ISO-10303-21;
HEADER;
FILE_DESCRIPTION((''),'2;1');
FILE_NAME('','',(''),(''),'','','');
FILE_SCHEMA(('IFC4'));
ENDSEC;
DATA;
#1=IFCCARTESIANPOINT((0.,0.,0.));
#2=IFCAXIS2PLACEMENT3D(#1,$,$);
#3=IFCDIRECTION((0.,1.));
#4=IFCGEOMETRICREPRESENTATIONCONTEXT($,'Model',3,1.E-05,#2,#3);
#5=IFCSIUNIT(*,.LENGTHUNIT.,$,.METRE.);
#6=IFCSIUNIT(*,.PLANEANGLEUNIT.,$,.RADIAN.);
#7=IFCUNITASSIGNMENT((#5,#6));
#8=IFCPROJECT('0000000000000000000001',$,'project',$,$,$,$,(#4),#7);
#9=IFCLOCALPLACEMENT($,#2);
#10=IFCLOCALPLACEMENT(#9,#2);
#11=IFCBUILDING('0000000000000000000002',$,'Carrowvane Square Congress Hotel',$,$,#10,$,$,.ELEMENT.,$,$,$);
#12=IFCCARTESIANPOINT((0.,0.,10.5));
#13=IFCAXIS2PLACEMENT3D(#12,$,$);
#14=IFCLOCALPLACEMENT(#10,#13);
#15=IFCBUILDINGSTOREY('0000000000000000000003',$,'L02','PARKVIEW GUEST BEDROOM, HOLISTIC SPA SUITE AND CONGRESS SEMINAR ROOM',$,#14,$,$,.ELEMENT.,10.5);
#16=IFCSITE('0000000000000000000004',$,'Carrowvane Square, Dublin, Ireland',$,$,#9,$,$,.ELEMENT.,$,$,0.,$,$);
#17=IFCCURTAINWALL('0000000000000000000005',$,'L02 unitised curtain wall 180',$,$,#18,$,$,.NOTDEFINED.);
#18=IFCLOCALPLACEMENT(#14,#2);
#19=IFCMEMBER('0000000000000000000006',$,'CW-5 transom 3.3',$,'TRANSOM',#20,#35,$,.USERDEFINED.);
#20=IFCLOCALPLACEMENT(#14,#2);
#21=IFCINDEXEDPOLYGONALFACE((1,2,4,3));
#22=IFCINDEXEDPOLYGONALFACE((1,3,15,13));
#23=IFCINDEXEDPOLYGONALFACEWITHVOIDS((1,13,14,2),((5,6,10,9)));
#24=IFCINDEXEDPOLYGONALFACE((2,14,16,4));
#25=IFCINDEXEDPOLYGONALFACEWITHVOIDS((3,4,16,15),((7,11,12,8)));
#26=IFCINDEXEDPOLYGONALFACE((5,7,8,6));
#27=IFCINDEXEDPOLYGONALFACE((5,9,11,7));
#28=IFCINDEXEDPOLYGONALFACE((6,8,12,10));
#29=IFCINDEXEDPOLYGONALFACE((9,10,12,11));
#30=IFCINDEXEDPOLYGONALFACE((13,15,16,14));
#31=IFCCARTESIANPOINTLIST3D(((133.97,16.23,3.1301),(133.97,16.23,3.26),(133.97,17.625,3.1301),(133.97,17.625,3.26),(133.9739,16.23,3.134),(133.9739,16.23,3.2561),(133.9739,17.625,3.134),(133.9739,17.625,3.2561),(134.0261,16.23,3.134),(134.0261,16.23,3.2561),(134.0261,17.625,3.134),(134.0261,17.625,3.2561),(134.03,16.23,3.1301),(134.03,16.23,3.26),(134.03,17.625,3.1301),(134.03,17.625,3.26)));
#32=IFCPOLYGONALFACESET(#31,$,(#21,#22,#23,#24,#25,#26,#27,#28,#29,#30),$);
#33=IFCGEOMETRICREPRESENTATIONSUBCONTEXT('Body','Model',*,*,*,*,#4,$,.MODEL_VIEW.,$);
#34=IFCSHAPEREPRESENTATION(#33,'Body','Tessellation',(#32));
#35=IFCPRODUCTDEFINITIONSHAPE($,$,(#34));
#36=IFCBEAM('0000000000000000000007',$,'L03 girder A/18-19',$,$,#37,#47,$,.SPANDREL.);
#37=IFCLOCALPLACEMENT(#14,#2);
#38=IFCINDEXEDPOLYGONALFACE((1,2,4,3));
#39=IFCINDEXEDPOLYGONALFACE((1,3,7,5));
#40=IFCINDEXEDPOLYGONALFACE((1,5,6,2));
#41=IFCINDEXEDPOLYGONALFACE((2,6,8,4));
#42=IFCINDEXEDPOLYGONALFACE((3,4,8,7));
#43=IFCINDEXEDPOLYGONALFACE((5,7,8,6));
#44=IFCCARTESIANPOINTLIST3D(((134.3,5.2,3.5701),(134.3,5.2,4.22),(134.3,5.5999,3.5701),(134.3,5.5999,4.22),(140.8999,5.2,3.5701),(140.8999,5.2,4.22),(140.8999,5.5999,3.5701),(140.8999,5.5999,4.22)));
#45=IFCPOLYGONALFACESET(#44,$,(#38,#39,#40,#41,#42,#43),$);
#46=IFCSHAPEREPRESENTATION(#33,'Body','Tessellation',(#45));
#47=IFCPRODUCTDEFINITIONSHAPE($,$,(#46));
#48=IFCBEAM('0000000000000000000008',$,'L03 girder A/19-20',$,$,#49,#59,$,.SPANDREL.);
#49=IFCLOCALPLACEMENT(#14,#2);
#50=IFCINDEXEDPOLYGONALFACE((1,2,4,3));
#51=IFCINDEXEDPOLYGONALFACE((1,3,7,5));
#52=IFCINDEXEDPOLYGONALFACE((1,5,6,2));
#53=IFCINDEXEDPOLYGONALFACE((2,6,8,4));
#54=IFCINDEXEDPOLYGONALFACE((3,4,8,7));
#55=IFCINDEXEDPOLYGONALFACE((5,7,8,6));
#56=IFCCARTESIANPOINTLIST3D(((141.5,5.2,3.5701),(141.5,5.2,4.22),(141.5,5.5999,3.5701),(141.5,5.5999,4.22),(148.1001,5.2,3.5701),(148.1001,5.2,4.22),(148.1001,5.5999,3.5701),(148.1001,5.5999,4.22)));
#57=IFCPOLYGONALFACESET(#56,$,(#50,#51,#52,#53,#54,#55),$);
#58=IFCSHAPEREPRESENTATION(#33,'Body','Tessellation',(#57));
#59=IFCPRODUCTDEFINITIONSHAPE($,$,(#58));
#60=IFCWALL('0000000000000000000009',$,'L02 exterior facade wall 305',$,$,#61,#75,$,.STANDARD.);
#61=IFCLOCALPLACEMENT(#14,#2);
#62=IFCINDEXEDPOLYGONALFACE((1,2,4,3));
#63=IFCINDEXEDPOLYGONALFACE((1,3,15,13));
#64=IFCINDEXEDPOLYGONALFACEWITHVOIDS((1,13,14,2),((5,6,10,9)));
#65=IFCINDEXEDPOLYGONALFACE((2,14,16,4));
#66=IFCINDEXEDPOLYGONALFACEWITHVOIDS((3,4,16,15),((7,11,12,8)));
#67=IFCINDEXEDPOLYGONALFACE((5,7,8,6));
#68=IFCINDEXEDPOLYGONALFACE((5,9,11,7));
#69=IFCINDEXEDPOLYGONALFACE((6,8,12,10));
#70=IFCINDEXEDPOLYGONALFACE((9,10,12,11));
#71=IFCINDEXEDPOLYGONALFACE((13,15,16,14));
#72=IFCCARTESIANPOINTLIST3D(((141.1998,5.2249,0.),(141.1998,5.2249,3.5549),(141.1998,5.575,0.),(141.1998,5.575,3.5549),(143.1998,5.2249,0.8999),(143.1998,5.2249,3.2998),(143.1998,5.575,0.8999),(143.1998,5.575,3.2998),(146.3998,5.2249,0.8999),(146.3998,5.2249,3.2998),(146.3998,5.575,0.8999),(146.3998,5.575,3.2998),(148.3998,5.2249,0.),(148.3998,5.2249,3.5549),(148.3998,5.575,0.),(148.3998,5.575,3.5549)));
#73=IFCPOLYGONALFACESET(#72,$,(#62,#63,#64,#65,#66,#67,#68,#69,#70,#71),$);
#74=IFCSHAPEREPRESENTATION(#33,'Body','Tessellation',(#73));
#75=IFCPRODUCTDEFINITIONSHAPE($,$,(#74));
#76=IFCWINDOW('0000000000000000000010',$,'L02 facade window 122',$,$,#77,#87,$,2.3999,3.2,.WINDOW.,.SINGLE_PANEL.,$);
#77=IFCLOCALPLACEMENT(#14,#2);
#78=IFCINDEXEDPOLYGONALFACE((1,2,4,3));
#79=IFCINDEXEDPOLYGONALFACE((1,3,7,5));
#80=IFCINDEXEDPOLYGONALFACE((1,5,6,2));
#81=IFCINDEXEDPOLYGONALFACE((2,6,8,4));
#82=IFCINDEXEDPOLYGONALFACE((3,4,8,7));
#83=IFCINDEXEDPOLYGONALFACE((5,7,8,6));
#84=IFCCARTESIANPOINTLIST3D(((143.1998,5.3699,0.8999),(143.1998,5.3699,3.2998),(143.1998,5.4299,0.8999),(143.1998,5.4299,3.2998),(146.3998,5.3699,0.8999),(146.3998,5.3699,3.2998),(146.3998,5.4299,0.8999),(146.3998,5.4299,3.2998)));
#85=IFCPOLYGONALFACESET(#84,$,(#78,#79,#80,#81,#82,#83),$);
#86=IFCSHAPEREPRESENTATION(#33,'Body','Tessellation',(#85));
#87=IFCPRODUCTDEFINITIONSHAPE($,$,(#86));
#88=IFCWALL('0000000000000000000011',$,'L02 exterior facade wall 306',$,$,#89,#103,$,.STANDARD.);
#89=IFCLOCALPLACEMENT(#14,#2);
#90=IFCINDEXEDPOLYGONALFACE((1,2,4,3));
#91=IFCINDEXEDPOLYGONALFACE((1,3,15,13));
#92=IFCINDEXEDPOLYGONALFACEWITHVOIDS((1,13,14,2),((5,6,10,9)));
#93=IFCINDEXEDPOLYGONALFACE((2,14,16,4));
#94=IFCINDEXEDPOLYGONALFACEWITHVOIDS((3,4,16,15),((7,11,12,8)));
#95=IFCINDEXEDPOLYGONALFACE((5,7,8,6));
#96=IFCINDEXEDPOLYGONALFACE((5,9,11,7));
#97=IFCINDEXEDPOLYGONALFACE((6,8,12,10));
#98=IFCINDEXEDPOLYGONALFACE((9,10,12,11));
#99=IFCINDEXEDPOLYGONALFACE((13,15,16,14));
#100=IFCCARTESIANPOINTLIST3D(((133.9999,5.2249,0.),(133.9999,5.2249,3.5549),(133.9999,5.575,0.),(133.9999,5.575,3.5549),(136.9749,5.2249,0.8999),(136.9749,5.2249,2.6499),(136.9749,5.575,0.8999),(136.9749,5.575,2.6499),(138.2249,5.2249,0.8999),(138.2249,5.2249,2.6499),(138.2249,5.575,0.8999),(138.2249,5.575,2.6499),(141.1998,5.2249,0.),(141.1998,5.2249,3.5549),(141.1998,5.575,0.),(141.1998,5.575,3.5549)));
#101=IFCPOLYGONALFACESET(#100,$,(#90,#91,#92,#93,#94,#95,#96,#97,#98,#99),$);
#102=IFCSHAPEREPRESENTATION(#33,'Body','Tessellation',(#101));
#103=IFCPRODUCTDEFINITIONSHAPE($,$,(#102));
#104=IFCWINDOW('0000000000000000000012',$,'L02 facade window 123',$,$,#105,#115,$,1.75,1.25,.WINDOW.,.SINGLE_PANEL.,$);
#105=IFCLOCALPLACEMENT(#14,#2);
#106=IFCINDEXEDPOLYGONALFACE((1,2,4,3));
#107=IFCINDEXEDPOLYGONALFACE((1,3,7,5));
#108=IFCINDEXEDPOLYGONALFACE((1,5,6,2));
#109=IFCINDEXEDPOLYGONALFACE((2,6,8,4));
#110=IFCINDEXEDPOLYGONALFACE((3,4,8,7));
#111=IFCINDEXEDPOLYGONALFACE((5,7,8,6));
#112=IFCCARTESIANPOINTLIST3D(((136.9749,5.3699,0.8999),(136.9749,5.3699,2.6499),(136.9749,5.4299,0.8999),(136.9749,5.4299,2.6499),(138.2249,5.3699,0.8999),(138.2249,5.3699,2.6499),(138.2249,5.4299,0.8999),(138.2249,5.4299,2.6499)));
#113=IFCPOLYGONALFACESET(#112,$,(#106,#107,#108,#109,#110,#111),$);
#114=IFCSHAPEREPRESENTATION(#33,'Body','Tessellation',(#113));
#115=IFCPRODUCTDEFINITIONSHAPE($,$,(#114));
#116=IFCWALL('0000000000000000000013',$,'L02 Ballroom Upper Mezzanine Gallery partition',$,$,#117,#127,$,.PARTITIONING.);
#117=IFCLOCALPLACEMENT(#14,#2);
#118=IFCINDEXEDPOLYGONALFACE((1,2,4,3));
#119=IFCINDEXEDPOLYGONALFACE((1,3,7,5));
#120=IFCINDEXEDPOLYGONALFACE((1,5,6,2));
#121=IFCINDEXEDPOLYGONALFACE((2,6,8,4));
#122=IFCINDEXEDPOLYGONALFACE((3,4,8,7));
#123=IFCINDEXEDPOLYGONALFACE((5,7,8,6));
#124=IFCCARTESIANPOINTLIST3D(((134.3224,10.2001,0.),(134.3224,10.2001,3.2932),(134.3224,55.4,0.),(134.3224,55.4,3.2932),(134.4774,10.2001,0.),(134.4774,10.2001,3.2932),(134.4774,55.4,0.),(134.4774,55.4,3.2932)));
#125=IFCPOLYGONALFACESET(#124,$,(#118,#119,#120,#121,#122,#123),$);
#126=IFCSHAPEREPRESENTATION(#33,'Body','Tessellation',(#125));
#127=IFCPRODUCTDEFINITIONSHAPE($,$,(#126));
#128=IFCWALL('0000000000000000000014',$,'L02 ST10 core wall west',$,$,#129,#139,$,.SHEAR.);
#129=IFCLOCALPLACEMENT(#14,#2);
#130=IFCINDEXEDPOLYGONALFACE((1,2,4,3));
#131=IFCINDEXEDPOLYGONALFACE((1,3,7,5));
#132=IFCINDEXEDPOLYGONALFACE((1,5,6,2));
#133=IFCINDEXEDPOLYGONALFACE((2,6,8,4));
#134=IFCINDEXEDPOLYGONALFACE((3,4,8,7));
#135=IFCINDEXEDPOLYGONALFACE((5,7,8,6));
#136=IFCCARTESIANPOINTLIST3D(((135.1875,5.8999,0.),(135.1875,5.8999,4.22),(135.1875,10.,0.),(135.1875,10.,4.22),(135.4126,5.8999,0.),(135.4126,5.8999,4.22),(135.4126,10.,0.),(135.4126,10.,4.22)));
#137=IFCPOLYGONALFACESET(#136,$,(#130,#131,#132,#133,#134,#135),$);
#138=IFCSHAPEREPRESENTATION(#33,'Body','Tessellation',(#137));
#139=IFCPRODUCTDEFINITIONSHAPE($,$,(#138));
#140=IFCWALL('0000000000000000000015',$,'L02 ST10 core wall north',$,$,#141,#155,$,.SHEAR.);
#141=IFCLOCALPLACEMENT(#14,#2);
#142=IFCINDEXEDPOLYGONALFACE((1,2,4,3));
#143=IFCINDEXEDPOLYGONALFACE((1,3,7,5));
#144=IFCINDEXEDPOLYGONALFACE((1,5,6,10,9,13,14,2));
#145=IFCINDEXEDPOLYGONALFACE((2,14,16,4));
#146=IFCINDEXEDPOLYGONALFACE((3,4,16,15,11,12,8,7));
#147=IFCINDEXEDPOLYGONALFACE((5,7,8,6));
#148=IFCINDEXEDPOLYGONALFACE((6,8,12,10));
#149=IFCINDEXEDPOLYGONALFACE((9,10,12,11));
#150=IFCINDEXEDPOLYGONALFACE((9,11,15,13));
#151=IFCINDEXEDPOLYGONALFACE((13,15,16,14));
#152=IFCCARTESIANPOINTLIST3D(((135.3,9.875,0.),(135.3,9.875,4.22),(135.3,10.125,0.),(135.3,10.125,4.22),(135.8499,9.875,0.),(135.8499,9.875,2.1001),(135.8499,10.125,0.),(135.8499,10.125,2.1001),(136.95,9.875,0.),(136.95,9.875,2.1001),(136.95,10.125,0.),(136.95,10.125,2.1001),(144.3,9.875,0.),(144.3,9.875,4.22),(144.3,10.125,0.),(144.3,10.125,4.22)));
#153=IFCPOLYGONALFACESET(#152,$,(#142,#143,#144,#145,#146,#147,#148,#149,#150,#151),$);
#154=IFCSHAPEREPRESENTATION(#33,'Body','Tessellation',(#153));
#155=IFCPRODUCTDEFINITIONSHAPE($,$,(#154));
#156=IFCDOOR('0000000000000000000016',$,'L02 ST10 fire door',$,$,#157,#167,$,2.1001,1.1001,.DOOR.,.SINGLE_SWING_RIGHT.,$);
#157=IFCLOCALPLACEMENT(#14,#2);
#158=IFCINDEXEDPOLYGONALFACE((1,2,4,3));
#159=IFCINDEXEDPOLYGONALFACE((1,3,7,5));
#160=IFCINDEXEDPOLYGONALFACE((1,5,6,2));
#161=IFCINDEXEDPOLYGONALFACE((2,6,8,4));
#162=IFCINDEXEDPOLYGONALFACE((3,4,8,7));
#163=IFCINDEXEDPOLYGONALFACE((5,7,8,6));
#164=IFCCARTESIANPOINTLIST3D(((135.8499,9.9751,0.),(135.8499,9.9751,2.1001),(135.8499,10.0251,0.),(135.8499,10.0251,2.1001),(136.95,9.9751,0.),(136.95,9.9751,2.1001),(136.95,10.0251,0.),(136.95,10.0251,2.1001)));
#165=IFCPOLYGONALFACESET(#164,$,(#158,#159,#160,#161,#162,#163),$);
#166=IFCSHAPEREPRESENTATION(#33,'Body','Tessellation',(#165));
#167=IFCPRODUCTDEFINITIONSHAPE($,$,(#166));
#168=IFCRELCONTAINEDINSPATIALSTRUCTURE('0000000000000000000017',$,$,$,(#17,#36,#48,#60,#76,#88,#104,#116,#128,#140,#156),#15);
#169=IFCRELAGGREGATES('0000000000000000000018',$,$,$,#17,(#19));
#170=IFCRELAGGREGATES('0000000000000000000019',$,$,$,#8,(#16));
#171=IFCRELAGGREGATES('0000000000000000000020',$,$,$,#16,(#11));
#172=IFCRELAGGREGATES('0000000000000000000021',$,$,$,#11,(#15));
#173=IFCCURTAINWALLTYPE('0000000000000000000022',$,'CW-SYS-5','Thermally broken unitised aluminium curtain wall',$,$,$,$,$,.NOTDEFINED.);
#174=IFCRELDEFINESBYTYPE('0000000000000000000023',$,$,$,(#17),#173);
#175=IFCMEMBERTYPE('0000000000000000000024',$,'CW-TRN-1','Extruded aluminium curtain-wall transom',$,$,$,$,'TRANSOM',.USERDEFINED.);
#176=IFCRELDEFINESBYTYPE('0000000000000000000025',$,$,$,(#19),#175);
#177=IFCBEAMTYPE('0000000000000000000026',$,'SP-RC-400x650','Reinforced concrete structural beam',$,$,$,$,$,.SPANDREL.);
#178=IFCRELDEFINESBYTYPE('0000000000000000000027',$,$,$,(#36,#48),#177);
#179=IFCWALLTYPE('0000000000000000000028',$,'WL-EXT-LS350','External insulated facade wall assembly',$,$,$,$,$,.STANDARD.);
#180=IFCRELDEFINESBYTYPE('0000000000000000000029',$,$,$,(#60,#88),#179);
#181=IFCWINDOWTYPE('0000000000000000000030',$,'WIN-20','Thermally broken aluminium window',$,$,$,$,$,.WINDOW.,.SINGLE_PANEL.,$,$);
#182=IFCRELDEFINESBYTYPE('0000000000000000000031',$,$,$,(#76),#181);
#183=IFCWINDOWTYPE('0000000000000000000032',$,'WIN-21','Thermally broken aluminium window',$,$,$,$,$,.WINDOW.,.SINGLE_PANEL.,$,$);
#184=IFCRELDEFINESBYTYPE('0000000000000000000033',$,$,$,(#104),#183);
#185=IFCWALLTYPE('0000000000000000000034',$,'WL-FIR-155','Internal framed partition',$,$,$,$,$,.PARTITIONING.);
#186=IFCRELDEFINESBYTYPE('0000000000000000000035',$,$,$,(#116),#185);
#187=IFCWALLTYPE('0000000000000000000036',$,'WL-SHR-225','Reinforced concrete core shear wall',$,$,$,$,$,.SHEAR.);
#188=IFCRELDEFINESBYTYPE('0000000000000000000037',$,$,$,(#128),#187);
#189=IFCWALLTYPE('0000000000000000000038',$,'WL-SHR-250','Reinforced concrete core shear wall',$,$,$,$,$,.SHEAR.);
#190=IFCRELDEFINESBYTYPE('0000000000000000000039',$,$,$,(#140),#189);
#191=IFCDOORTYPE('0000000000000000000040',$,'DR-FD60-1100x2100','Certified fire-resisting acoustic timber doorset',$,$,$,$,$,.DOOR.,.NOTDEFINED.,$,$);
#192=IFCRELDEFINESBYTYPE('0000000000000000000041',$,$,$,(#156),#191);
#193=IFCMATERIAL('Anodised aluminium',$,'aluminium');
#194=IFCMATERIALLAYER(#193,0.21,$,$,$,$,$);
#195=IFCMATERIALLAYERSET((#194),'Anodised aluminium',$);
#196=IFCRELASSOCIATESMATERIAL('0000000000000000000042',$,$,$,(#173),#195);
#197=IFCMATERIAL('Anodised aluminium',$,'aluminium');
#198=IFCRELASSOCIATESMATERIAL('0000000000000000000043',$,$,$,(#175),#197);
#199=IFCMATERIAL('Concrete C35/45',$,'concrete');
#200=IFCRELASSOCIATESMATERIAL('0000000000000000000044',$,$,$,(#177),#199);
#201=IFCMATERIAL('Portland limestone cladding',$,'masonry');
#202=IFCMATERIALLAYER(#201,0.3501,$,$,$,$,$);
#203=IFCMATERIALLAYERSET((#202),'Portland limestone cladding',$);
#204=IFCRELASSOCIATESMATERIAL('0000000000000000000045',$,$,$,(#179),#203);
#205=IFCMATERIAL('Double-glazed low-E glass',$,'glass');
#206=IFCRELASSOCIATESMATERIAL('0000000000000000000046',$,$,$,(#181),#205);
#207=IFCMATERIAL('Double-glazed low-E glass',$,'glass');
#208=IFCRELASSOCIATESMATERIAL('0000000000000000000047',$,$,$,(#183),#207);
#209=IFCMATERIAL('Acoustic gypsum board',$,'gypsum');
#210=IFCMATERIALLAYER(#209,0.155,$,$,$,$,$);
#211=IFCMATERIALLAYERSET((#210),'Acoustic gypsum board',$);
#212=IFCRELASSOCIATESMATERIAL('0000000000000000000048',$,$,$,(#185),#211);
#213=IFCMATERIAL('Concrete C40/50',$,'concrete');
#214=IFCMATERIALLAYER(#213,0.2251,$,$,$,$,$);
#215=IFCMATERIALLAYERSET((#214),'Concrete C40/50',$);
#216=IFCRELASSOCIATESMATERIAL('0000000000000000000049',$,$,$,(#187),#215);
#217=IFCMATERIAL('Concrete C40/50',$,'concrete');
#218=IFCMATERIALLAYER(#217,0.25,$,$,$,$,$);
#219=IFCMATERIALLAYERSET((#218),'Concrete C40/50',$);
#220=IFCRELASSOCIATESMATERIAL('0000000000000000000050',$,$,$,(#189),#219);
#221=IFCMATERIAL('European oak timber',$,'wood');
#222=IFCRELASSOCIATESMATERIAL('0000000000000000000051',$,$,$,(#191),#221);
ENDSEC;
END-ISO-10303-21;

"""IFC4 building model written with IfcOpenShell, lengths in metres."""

from ifc_helpers import new_model, si_unit, direction, frame, frame_2d, origin, origin_2d, place, context, subcontext, project, spatial, rectangle, hollow_rectangle, extrude, material, layer, layer_set, material_profile, profile_set, type_object, element, fill, aggregate, save


model = new_model("IFC4")

# Units and contexts
model_context = context("Model", 3, precision=1e-05, world=origin(), true_north=direction((0.0, 1.0)))
body_context = subcontext(model_context, "Body", "Model", "MODEL_VIEW")
ifc_project = project(units=[si_unit("LENGTHUNIT", "METRE"), si_unit("PLANEANGLEUNIT", "RADIAN")], contexts=[model_context])

# Site, building, storey
site_placement = place(None, origin())
site = spatial("IfcSite", under=ifc_project, at=site_placement, Name="Carrowvane Square, Dublin, Ireland", CompositionType="ELEMENT", RefElevation=0.0)
building_placement = place(site_placement, origin())
building = spatial("IfcBuilding", under=site, at=building_placement, Name="Carrowvane Square Congress Hotel", CompositionType="ELEMENT")
storey_placement = place(building_placement, frame((0.0, 0.0, 10.5)))
storey = spatial("IfcBuildingStorey", under=building, at=storey_placement, Name="L02", Description="PARKVIEW GUEST BEDROOM, HOLISTIC SPA SUITE AND CONGRESS SEMINAR ROOM", CompositionType="ELEMENT", Elevation=10.5)

# Curtain wall, member
ifc_material_1 = material(Name="Anodised aluminium", Category="aluminium")
ifc_layer_1 = layer(ifc_material_1, 0.21)
ifc_layer_set_1 = layer_set([ifc_layer_1], Name="Anodised aluminium")
curtain_wall_type = type_object("IfcCurtainWallType", Name="CW-SYS-5", Description="Thermally broken unitised aluminium curtain wall", PredefinedType="NOTDEFINED", material=ifc_layer_set_1)
curtain_wall_placement = place(storey_placement, origin())
curtain_wall = element("IfcCurtainWall", 1, at=curtain_wall_placement, inside=storey, type_object=curtain_wall_type, Name="L02 unitised curtain wall 180", PredefinedType="NOTDEFINED")
ifc_material_2 = material(Name="Anodised aluminium", Category="aluminium")
ifc_material_profile_1 = material_profile(ifc_material_2, hollow_rectangle(XDim=0.0601, YDim=0.1299, WallThickness=0.0039, at=origin_2d()), Name="CW-TR 60x130x4")
ifc_profile_set_1 = profile_set([ifc_material_profile_1], Name="Anodised aluminium")
member_type = type_object("IfcMemberType", Name="CW-TRN-1", Description="Extruded aluminium curtain-wall transom", ElementType="TRANSOM", PredefinedType="USERDEFINED", material=ifc_profile_set_1)
member_1_placement = place(storey_placement, frame((134.0, 16.23, 3.1951), z_axis=(0.0, 1.0, 0.0), x_axis=(-1.0, 0.0, 0.0)))
member_1 = element("IfcMember", 2, at=member_1_placement, type_object=member_type, Name="CW-5 transom 3.3", ObjectType="TRANSOM", PredefinedType="USERDEFINED", context=body_context, shape_type="SweptSolid", body=[
    extrude(hollow_rectangle(XDim=0.0601, YDim=0.1299, WallThickness=0.0039, at=origin_2d()), origin(), (0.0, 0.0, 1.0), 1.395),
])
aggregate(curtain_wall, [member_1])

# Beams
ifc_material_3 = material(Name="Concrete C35/45", Category="concrete")
ifc_material_profile_2 = material_profile(ifc_material_3, rectangle(XDim=0.3999, YDim=0.6499, at=origin_2d()), Name="RC 400x650")
ifc_profile_set_2 = profile_set([ifc_material_profile_2], Name="Concrete C35/45")
beam_type_1 = type_object("IfcBeamType", Name="SP-RC-400x650", Description="Reinforced concrete structural beam", PredefinedType="SPANDREL", material=ifc_profile_set_2)
beam_1_placement = place(storey_placement, frame((134.3, 5.3999, 3.895), z_axis=(1.0, 0.0, 0.0), x_axis=(0.0, 1.0, 0.0)))
element("IfcBeam", 3, at=beam_1_placement, inside=storey, type_object=beam_type_1, Name="L03 girder A/18-19", PredefinedType="SPANDREL", context=body_context, shape_type="SweptSolid", body=[
    extrude(rectangle(XDim=0.3999, YDim=0.6499, at=origin_2d()), origin(), (0.0, 0.0, 1.0), 6.5999),
])
beam_2_placement = place(storey_placement, frame((141.5, 5.3999, 3.895), z_axis=(1.0, 0.0, 0.0), x_axis=(0.0, 1.0, 0.0)))
element("IfcBeam", 4, at=beam_2_placement, inside=storey, type_object=beam_type_1, Name="L03 girder A/19-20", PredefinedType="SPANDREL", context=body_context, shape_type="SweptSolid", body=[
    extrude(rectangle(XDim=0.3999, YDim=0.6499, at=origin_2d()), origin(), (0.0, 0.0, 1.0), 6.6001),
])

# Walls, openings, windows
ifc_material_4 = material(Name="Portland limestone cladding", Category="masonry")
ifc_layer_2 = layer(ifc_material_4, 0.3501)
ifc_layer_set_2 = layer_set([ifc_layer_2], Name="Portland limestone cladding")
wall_type_1 = type_object("IfcWallType", Name="WL-EXT-LS350", Description="External insulated facade wall assembly", PredefinedType="STANDARD", material=ifc_layer_set_2)
wall_1_placement = place(storey_placement, frame((148.3999, 5.3999, 0.0), z_axis=(0.0, 0.0, 1.0), x_axis=(-1.0, 0.0, 0.0)))
wall_1 = element("IfcWall", 5, at=wall_1_placement, inside=storey, type_object=wall_type_1, Name="L02 exterior facade wall 305", PredefinedType="STANDARD", context=body_context, shape_type="SweptSolid", body=[
    extrude(rectangle(XDim=7.2, YDim=0.3501, at=frame_2d((3.6001, 0.0))), origin(), (0.0, 0.0, 1.0), 3.5549),
])
opening_1_placement = place(wall_1_placement, frame((2.0, 0.0, 0.8999)))
opening_1 = element("IfcOpeningElement", 6, at=opening_1_placement, cuts=wall_1, PredefinedType="OPENING", context=body_context, shape_type="SweptSolid", body=[
    extrude(rectangle(XDim=3.2, YDim=2.3999, at=frame_2d((1.6001, 1.2))), frame((0.0, 0.1851, 0.0), z_axis=(0.0, -1.0, 0.0), x_axis=(1.0, 0.0, 0.0)), (0.0, 0.0, 1.0), 0.3701),
])
ifc_material_5 = material(Name="Double-glazed low-E glass", Category="glass")
window_type_1 = type_object("IfcWindowType", Name="WIN-20", Description="Thermally broken aluminium window", PartitioningType="SINGLE_PANEL", PredefinedType="WINDOW", material=ifc_material_5)
window_1_placement = place(opening_1_placement, origin())
window_1 = element("IfcWindow", 7, at=window_1_placement, inside=storey, type_object=window_type_1, Name="L02 facade window 122", OverallHeight=2.3999, OverallWidth=3.2, PartitioningType="SINGLE_PANEL", PredefinedType="WINDOW", context=body_context, shape_type="SweptSolid", body=[
    extrude(rectangle(XDim=3.2, YDim=2.3999, at=frame_2d((1.6001, 1.2))), frame((0.0, 0.03, 0.0), z_axis=(0.0, -1.0, 0.0), x_axis=(1.0, 0.0, 0.0)), (0.0, 0.0, 1.0), 0.0601),
])
fill(opening_1, window_1)
wall_2_placement = place(storey_placement, frame((141.2, 5.3999, 0.0), z_axis=(0.0, 0.0, 1.0), x_axis=(-1.0, 0.0, 0.0)))
wall_2 = element("IfcWall", 8, at=wall_2_placement, inside=storey, type_object=wall_type_1, Name="L02 exterior facade wall 306", PredefinedType="STANDARD", context=body_context, shape_type="SweptSolid", body=[
    extrude(rectangle(XDim=7.2, YDim=0.3501, at=frame_2d((3.6001, 0.0))), origin(), (0.0, 0.0, 1.0), 3.5549),
])
opening_2_placement = place(wall_2_placement, frame((2.9751, 0.0, 0.8999)))
opening_2 = element("IfcOpeningElement", 9, at=opening_2_placement, cuts=wall_2, PredefinedType="OPENING", context=body_context, shape_type="SweptSolid", body=[
    extrude(rectangle(XDim=1.25, YDim=1.75, at=frame_2d((0.625, 0.875))), frame((0.0, 0.1851, 0.0), z_axis=(0.0, -1.0, 0.0), x_axis=(1.0, 0.0, 0.0)), (0.0, 0.0, 1.0), 0.3701),
])
ifc_material_6 = material(Name="Double-glazed low-E glass", Category="glass")
window_type_2 = type_object("IfcWindowType", Name="WIN-21", Description="Thermally broken aluminium window", PartitioningType="SINGLE_PANEL", PredefinedType="WINDOW", material=ifc_material_6)
window_2_placement = place(opening_2_placement, origin())
window_2 = element("IfcWindow", 10, at=window_2_placement, inside=storey, type_object=window_type_2, Name="L02 facade window 123", OverallHeight=1.75, OverallWidth=1.25, PartitioningType="SINGLE_PANEL", PredefinedType="WINDOW", context=body_context, shape_type="SweptSolid", body=[
    extrude(rectangle(XDim=1.25, YDim=1.75, at=frame_2d((0.625, 0.875))), frame((0.0, 0.03, 0.0), z_axis=(0.0, -1.0, 0.0), x_axis=(1.0, 0.0, 0.0)), (0.0, 0.0, 1.0), 0.0601),
])
fill(opening_2, window_2)

# Walls
ifc_material_7 = material(Name="Acoustic gypsum board", Category="gypsum")
ifc_layer_3 = layer(ifc_material_7, 0.155)
ifc_layer_set_3 = layer_set([ifc_layer_3], Name="Acoustic gypsum board")
wall_type_2 = type_object("IfcWallType", Name="WL-FIR-155", Description="Internal framed partition", PredefinedType="PARTITIONING", material=ifc_layer_set_3)
wall_3_placement = place(storey_placement, frame((134.3999, 10.2, 0.0), z_axis=(0.0, 0.0, 1.0), x_axis=(0.0, 1.0, 0.0)))
element("IfcWall", 11, at=wall_3_placement, inside=storey, type_object=wall_type_2, Name="L02 Ballroom Upper Mezzanine Gallery partition", PredefinedType="PARTITIONING", context=body_context, shape_type="SweptSolid", body=[
    extrude(rectangle(XDim=45.2, YDim=0.155, at=frame_2d((22.6001, 0.0))), origin(), (0.0, 0.0, 1.0), 3.2932),
])
ifc_material_8 = material(Name="Concrete C40/50", Category="concrete")
ifc_layer_4 = layer(ifc_material_8, 0.2251)
ifc_layer_set_4 = layer_set([ifc_layer_4], Name="Concrete C40/50")
wall_type_3 = type_object("IfcWallType", Name="WL-SHR-225", Description="Reinforced concrete core shear wall", PredefinedType="SHEAR", material=ifc_layer_set_4)
wall_4_placement = place(storey_placement, frame((135.3, 10.0, 0.0), z_axis=(0.0, 0.0, 1.0), x_axis=(0.0, -1.0, 0.0)))
element("IfcWall", 12, at=wall_4_placement, inside=storey, type_object=wall_type_3, Name="L02 ST10 core wall west", PredefinedType="SHEAR", context=body_context, shape_type="SweptSolid", body=[
    extrude(rectangle(XDim=4.1001, YDim=0.2251, at=frame_2d((2.05, 0.0))), origin(), (0.0, 0.0, 1.0), 4.22),
])

# Wall, opening, door
ifc_material_9 = material(Name="Concrete C40/50", Category="concrete")
ifc_layer_5 = layer(ifc_material_9, 0.25)
ifc_layer_set_5 = layer_set([ifc_layer_5], Name="Concrete C40/50")
wall_type_4 = type_object("IfcWallType", Name="WL-SHR-250", Description="Reinforced concrete core shear wall", PredefinedType="SHEAR", material=ifc_layer_set_5)
wall_5_placement = place(storey_placement, frame((144.3, 10.0, 0.0), z_axis=(0.0, 0.0, 1.0), x_axis=(-1.0, 0.0, 0.0)))
wall_5 = element("IfcWall", 13, at=wall_5_placement, inside=storey, type_object=wall_type_4, Name="L02 ST10 core wall north", PredefinedType="SHEAR", context=body_context, shape_type="SweptSolid", body=[
    extrude(rectangle(XDim=9.0, YDim=0.25, at=frame_2d((4.5, 0.0))), origin(), (0.0, 0.0, 1.0), 4.22),
])
opening_3_placement = place(wall_5_placement, frame((7.3501, 0.0, 0.0)))
opening_3 = element("IfcOpeningElement", 14, at=opening_3_placement, cuts=wall_5, PredefinedType="OPENING", context=body_context, shape_type="SweptSolid", body=[
    extrude(rectangle(XDim=1.1001, YDim=2.1001, at=frame_2d((0.55, 1.05))), frame((0.0, 0.135, 0.0), z_axis=(0.0, -1.0, 0.0), x_axis=(1.0, 0.0, 0.0)), (0.0, 0.0, 1.0), 0.27),
])
ifc_material_10 = material(Name="European oak timber", Category="wood")
door_type = type_object("IfcDoorType", Name="DR-FD60-1100x2100", Description="Certified fire-resisting acoustic timber doorset", OperationType="NOTDEFINED", PredefinedType="DOOR", material=ifc_material_10)
door_placement = place(opening_3_placement, origin())
door = element("IfcDoor", 15, at=door_placement, inside=storey, type_object=door_type, Name="L02 ST10 fire door", OperationType="SINGLE_SWING_RIGHT", OverallHeight=2.1001, OverallWidth=1.1001, PredefinedType="DOOR", context=body_context, shape_type="SweptSolid", body=[
    extrude(rectangle(XDim=1.1001, YDim=2.1001, at=frame_2d((0.55, 1.05))), frame((0.0, 0.0249, 0.0), z_axis=(0.0, -1.0, 0.0), x_axis=(1.0, 0.0, 0.0)), (0.0, 0.0, 1.0), 0.05),
])
fill(opening_3, door)

save(model, "model.ifc")
